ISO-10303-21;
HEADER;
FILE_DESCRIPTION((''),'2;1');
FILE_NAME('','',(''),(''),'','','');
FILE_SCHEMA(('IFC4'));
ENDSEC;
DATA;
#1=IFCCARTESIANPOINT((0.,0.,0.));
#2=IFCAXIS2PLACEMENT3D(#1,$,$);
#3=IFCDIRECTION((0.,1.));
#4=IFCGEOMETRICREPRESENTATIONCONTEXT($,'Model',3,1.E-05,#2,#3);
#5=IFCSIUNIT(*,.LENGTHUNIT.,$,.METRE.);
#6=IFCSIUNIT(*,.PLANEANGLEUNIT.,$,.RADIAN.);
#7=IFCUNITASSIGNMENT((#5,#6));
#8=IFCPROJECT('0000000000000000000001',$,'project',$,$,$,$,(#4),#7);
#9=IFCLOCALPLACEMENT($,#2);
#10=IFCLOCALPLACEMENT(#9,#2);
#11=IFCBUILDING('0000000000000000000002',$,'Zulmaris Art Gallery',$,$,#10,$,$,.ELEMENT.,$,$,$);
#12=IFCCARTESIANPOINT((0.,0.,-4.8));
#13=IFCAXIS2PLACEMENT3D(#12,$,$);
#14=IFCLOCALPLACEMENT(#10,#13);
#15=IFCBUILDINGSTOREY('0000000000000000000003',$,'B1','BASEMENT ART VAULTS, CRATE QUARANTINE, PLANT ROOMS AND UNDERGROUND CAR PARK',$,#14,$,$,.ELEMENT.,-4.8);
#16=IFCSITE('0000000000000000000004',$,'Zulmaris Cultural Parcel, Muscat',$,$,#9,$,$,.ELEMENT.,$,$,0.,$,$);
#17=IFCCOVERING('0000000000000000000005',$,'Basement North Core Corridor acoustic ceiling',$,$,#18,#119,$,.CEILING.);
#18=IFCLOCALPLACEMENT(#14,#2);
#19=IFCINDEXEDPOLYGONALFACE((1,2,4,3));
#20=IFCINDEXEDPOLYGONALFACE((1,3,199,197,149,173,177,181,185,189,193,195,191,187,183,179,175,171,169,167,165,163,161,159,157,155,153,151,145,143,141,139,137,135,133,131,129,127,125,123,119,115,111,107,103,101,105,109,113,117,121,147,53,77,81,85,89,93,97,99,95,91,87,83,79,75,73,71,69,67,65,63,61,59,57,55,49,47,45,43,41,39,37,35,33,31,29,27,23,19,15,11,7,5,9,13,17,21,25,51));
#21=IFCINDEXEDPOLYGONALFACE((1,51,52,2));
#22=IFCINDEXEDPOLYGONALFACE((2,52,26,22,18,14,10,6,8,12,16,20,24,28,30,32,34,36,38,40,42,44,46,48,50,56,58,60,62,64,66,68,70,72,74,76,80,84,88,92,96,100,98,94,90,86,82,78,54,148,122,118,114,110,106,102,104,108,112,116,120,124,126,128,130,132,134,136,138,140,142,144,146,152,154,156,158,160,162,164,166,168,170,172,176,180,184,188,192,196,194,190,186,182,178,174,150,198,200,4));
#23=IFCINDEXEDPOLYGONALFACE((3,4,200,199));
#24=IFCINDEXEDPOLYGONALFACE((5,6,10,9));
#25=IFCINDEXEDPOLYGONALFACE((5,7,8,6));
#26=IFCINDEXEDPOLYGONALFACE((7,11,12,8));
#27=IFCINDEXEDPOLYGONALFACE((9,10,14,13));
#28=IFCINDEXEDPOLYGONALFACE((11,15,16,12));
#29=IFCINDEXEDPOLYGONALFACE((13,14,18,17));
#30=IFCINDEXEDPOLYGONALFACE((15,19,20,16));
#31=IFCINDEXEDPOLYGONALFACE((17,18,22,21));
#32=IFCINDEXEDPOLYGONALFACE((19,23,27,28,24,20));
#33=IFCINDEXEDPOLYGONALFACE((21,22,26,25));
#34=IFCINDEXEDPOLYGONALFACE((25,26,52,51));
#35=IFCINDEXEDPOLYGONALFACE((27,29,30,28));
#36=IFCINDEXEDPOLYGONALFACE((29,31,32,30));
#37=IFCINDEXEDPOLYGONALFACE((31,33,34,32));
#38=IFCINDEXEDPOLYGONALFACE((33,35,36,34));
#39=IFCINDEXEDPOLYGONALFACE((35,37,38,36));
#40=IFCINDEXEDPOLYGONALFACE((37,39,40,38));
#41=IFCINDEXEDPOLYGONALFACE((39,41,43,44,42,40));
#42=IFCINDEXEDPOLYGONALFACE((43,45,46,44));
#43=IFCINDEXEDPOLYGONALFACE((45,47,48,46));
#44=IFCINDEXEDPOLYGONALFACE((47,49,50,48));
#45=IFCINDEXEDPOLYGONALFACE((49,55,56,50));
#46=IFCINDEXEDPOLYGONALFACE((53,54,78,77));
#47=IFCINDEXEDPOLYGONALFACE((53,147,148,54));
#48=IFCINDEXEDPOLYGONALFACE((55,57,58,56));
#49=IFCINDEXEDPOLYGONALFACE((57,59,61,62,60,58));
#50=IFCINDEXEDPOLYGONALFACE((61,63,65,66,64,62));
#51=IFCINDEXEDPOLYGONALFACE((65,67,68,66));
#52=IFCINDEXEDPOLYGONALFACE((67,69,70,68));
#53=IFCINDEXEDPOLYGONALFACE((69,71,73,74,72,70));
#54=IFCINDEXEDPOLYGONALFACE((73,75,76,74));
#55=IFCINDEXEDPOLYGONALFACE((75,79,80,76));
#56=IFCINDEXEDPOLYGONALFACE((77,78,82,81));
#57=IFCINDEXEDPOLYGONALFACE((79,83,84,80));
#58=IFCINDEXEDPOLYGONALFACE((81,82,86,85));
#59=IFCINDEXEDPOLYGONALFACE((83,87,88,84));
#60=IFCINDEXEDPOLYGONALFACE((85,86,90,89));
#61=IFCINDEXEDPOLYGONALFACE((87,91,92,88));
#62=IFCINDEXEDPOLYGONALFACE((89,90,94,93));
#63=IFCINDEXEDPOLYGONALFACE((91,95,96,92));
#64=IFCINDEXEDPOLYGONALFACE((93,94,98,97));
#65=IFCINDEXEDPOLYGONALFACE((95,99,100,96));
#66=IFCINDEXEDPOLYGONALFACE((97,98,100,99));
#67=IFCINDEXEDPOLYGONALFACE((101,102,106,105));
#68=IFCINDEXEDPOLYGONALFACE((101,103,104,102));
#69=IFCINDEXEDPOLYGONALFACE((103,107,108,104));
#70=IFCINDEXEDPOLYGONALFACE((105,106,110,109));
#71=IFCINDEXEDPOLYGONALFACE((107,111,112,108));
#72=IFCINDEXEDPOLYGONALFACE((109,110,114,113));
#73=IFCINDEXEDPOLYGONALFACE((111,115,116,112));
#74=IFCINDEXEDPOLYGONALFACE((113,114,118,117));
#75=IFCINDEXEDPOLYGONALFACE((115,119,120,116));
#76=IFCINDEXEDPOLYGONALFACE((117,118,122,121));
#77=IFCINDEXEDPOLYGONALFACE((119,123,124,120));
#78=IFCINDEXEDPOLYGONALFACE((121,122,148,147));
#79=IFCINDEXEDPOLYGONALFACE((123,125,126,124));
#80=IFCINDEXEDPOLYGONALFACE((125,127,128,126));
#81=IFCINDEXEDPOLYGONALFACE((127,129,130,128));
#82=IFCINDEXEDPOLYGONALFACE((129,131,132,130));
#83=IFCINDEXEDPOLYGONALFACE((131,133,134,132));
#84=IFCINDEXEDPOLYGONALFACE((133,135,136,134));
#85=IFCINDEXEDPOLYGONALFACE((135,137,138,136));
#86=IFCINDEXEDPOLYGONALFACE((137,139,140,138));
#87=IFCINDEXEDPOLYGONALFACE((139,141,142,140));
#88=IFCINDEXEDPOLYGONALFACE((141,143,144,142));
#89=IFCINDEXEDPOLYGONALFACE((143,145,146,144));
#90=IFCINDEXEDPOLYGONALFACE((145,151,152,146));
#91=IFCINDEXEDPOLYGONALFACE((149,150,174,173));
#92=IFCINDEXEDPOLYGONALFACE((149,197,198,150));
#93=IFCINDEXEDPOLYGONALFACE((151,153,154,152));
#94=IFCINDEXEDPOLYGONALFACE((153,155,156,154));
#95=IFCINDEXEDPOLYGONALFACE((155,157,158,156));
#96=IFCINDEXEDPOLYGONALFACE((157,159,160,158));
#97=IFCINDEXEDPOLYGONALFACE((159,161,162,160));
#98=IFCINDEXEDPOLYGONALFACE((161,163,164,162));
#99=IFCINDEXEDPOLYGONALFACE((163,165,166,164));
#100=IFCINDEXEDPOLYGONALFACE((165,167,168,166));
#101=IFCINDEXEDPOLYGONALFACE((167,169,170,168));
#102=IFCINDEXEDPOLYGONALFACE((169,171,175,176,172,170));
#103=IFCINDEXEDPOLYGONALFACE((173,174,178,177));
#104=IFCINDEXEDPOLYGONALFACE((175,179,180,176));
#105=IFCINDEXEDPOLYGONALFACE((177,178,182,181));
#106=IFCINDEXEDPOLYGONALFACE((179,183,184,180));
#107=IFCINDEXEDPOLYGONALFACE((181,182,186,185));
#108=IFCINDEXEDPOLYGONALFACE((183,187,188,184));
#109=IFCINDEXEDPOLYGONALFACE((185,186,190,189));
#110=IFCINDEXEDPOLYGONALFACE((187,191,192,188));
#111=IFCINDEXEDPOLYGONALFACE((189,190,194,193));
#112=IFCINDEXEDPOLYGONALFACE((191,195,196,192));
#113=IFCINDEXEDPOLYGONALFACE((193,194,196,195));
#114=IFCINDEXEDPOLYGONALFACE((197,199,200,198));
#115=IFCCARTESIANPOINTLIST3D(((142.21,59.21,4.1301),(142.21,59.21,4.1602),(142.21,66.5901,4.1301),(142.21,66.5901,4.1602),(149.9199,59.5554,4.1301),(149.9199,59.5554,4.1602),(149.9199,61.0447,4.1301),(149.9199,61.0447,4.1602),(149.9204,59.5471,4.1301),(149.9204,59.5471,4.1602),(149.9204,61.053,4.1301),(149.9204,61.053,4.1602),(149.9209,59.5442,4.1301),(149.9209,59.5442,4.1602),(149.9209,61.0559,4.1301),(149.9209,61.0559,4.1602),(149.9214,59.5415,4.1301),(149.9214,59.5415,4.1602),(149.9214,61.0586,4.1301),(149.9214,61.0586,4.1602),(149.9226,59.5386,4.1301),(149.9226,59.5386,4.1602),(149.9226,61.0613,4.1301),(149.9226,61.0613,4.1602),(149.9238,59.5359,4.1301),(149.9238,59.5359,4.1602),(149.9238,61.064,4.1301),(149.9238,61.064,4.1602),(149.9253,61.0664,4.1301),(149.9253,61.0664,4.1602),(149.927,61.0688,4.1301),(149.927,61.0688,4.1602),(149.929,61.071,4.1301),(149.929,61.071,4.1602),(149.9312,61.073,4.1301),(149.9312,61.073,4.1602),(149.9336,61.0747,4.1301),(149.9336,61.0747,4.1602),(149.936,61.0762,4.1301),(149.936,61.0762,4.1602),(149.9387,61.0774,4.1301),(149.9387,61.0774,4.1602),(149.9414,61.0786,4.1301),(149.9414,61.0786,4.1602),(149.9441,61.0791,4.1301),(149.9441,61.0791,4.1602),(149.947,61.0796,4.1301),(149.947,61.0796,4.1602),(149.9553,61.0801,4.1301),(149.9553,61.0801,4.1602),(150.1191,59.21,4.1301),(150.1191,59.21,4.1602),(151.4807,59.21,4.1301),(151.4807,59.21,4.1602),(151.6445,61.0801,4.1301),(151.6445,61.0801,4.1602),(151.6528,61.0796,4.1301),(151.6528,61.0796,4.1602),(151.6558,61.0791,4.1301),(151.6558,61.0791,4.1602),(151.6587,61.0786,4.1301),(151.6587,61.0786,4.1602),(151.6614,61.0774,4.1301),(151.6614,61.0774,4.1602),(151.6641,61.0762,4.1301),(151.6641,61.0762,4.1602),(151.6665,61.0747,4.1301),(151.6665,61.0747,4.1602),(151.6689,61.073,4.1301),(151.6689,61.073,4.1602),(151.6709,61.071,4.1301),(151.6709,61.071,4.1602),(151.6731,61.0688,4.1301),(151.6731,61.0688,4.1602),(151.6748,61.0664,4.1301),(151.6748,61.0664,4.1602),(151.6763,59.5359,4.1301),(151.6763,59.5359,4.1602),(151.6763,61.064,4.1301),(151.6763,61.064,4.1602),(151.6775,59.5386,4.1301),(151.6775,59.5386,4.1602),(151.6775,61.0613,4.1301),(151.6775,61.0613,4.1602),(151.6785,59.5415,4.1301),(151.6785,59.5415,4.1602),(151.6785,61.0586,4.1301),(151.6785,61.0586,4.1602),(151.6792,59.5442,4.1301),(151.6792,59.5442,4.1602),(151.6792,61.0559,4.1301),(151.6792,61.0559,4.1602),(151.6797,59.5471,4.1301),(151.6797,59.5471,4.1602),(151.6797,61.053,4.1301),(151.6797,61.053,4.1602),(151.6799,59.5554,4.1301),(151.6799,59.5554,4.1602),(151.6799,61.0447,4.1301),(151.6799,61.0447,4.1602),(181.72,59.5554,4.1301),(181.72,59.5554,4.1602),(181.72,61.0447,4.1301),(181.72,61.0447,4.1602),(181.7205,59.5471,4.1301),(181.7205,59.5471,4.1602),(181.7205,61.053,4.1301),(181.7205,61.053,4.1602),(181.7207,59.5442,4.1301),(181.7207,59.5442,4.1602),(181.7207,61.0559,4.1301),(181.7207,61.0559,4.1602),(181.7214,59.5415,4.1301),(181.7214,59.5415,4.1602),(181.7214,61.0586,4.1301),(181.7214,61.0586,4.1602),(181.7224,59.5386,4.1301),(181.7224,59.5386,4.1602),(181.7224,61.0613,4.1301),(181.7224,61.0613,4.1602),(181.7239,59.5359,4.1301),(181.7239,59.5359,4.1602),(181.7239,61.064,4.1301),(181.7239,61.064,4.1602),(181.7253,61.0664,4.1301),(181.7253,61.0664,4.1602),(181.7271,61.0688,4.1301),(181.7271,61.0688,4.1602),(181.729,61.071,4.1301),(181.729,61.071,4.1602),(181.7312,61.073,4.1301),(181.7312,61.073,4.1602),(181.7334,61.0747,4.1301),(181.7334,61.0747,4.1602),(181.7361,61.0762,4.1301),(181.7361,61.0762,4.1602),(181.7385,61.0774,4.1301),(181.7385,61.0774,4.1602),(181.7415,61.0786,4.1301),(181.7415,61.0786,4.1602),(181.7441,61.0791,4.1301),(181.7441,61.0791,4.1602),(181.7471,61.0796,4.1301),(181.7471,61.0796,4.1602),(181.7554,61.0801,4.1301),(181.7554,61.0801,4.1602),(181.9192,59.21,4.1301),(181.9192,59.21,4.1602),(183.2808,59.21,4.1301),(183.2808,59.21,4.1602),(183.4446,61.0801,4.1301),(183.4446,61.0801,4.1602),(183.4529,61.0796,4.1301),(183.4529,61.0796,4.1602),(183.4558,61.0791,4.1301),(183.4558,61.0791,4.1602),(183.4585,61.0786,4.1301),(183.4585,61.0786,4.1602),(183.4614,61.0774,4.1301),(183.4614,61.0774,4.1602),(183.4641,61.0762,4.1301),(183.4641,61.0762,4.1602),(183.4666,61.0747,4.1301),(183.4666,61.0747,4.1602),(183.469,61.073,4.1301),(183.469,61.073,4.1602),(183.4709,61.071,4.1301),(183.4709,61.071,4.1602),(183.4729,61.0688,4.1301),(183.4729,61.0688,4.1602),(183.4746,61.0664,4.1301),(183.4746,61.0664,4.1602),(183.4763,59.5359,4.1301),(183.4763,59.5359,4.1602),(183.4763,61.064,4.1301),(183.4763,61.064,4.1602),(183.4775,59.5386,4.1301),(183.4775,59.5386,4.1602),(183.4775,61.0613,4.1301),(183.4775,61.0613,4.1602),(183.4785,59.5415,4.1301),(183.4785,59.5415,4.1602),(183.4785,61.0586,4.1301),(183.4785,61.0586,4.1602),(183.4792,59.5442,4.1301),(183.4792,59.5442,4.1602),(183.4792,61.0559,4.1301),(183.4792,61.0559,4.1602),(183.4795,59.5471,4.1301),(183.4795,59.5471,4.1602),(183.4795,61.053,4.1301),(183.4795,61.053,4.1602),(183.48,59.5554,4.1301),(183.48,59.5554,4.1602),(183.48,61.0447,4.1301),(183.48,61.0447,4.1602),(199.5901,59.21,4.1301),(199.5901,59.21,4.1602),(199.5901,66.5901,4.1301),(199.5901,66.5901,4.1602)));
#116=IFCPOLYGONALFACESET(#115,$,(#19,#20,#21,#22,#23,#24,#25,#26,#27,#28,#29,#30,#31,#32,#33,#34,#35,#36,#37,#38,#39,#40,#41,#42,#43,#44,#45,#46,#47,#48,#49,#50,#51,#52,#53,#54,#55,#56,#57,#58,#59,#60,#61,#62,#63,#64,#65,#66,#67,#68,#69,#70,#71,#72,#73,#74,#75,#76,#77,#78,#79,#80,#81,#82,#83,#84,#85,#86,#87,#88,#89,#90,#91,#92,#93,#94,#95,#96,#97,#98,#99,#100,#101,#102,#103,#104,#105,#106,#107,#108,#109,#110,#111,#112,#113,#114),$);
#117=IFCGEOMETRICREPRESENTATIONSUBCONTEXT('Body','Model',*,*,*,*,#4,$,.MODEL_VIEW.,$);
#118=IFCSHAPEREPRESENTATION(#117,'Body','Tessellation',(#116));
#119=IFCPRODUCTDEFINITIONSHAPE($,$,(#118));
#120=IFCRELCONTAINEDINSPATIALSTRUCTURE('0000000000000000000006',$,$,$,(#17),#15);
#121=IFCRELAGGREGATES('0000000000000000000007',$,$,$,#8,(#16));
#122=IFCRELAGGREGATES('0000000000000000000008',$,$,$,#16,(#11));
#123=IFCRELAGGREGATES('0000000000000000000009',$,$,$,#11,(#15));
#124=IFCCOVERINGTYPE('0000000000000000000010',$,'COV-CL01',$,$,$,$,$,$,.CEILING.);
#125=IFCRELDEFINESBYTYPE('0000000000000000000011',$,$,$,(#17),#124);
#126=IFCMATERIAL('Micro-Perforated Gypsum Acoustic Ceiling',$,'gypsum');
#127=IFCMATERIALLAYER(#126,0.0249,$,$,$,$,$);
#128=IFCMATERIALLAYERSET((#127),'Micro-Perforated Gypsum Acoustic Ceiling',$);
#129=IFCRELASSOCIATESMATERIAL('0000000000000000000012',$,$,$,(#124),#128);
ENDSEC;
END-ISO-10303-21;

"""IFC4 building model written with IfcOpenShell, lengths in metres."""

from ifc_helpers import new_model, si_unit, direction, frame, origin, place, context, subcontext, project, spatial, polyline, outline, extrude, material, layer, layer_set, type_object, element, save


model = new_model("IFC4")

# Units and contexts
model_context = context("Model", 3, precision=1e-05, world=origin(), true_north=direction((0.0, 1.0)))
body_context = subcontext(model_context, "Body", "Model", "MODEL_VIEW")
ifc_project = project(units=[si_unit("LENGTHUNIT", "METRE"), si_unit("PLANEANGLEUNIT", "RADIAN")], contexts=[model_context])

# Site, building, storey
site_placement = place(None, origin())
site = spatial("IfcSite", under=ifc_project, at=site_placement, Name="Zulmaris Cultural Parcel, Muscat", CompositionType="ELEMENT", RefElevation=0.0)
building_placement = place(site_placement, origin())
building = spatial("IfcBuilding", under=site, at=building_placement, Name="Zulmaris Art Gallery", CompositionType="ELEMENT")
storey_placement = place(building_placement, frame((0.0, 0.0, -4.8)))
storey = spatial("IfcBuildingStorey", under=building, at=storey_placement, Name="B1", Description="BASEMENT ART VAULTS, CRATE QUARANTINE, PLANT ROOMS AND UNDERGROUND CAR PARK", CompositionType="ELEMENT", Elevation=-4.8)

# Covering
ifc_material_1 = material(Name="Micro-Perforated Gypsum Acoustic Ceiling", Category="gypsum")
ifc_layer_1 = layer(ifc_material_1, 0.0249)
ifc_layer_set_1 = layer_set([ifc_layer_1], Name="Micro-Perforated Gypsum Acoustic Ceiling")
covering_type_1 = type_object("IfcCoveringType", Name="COV-CL01", PredefinedType="CEILING", material=ifc_layer_set_1)
covering_1_placement = place(storey_placement, frame((0.0, 0.0, 4.1301)))
element("IfcCovering", 1, at=covering_1_placement, inside=storey, type_object=covering_type_1, Name="Basement North Core Corridor acoustic ceiling", PredefinedType="CEILING", context=body_context, shape_type="SweptSolid", body=[
    extrude(outline(polyline([(199.5901, 66.5901), (199.5901, 59.21), (183.2808, 59.21), (183.4763, 59.5359), (183.4775, 59.5386), (183.4785, 59.5415), (183.4792, 59.5442), (183.4795, 59.5471), (183.48, 59.5554), (183.48, 61.0447), (183.4795, 61.053), (183.4792, 61.0559), (183.4785, 61.0586), (183.4775, 61.0613), (183.4763, 61.064), (183.4746, 61.0664), (183.4729, 61.0688), (183.4709, 61.071), (183.469, 61.073), (183.4666, 61.0747), (183.4641, 61.0762), (183.4614, 61.0774), (183.4585, 61.0786), (183.4558, 61.0791), (183.4529, 61.0796), (183.4446, 61.0801), (181.7554, 61.0801), (181.7471, 61.0796), (181.7441, 61.0791), (181.7415, 61.0786), (181.7385, 61.0774), (181.7361, 61.0762), (181.7334, 61.0747), (181.7312, 61.073), (181.729, 61.071), (181.7271, 61.0688), (181.7253, 61.0664), (181.7239, 61.064), (181.7224, 61.0613), (181.7214, 61.0586), (181.7207, 61.0559), (181.7205, 61.053), (181.72, 61.0447), (181.72, 59.5554), (181.7205, 59.5471), (181.7207, 59.5442), (181.7214, 59.5415), (181.7224, 59.5386), (181.7239, 59.5359), (181.9192, 59.21), (151.4807, 59.21), (151.6763, 59.5359), (151.6775, 59.5386), (151.6785, 59.5415), (151.6792, 59.5442), (151.6797, 59.5471), (151.6799, 59.5554), (151.6799, 61.0447), (151.6797, 61.053), (151.6792, 61.0559), (151.6785, 61.0586), (151.6775, 61.0613), (151.6763, 61.064), (151.6748, 61.0664), (151.6731, 61.0688), (151.6709, 61.071), (151.6689, 61.073), (151.6665, 61.0747), (151.6641, 61.0762), (151.6614, 61.0774), (151.6587, 61.0786), (151.6558, 61.0791), (151.6528, 61.0796), (151.6445, 61.0801), (149.9553, 61.0801), (149.947, 61.0796), (149.9441, 61.0791), (149.9414, 61.0786), (149.9387, 61.0774), (149.936, 61.0762), (149.9336, 61.0747), (149.9312, 61.073), (149.929, 61.071), (149.927, 61.0688), (149.9253, 61.0664), (149.9238, 61.064), (149.9226, 61.0613), (149.9214, 61.0586), (149.9209, 61.0559), (149.9204, 61.053), (149.9199, 61.0447), (149.9199, 59.5554), (149.9204, 59.5471), (149.9209, 59.5442), (149.9214, 59.5415), (149.9226, 59.5386), (149.9238, 59.5359), (150.1191, 59.21), (142.21, 59.21), (142.21, 66.5901), (199.5901, 66.5901)])), origin(), (0.0, 0.0, 1.0), 0.03),
])

save(model, "model.ifc")
